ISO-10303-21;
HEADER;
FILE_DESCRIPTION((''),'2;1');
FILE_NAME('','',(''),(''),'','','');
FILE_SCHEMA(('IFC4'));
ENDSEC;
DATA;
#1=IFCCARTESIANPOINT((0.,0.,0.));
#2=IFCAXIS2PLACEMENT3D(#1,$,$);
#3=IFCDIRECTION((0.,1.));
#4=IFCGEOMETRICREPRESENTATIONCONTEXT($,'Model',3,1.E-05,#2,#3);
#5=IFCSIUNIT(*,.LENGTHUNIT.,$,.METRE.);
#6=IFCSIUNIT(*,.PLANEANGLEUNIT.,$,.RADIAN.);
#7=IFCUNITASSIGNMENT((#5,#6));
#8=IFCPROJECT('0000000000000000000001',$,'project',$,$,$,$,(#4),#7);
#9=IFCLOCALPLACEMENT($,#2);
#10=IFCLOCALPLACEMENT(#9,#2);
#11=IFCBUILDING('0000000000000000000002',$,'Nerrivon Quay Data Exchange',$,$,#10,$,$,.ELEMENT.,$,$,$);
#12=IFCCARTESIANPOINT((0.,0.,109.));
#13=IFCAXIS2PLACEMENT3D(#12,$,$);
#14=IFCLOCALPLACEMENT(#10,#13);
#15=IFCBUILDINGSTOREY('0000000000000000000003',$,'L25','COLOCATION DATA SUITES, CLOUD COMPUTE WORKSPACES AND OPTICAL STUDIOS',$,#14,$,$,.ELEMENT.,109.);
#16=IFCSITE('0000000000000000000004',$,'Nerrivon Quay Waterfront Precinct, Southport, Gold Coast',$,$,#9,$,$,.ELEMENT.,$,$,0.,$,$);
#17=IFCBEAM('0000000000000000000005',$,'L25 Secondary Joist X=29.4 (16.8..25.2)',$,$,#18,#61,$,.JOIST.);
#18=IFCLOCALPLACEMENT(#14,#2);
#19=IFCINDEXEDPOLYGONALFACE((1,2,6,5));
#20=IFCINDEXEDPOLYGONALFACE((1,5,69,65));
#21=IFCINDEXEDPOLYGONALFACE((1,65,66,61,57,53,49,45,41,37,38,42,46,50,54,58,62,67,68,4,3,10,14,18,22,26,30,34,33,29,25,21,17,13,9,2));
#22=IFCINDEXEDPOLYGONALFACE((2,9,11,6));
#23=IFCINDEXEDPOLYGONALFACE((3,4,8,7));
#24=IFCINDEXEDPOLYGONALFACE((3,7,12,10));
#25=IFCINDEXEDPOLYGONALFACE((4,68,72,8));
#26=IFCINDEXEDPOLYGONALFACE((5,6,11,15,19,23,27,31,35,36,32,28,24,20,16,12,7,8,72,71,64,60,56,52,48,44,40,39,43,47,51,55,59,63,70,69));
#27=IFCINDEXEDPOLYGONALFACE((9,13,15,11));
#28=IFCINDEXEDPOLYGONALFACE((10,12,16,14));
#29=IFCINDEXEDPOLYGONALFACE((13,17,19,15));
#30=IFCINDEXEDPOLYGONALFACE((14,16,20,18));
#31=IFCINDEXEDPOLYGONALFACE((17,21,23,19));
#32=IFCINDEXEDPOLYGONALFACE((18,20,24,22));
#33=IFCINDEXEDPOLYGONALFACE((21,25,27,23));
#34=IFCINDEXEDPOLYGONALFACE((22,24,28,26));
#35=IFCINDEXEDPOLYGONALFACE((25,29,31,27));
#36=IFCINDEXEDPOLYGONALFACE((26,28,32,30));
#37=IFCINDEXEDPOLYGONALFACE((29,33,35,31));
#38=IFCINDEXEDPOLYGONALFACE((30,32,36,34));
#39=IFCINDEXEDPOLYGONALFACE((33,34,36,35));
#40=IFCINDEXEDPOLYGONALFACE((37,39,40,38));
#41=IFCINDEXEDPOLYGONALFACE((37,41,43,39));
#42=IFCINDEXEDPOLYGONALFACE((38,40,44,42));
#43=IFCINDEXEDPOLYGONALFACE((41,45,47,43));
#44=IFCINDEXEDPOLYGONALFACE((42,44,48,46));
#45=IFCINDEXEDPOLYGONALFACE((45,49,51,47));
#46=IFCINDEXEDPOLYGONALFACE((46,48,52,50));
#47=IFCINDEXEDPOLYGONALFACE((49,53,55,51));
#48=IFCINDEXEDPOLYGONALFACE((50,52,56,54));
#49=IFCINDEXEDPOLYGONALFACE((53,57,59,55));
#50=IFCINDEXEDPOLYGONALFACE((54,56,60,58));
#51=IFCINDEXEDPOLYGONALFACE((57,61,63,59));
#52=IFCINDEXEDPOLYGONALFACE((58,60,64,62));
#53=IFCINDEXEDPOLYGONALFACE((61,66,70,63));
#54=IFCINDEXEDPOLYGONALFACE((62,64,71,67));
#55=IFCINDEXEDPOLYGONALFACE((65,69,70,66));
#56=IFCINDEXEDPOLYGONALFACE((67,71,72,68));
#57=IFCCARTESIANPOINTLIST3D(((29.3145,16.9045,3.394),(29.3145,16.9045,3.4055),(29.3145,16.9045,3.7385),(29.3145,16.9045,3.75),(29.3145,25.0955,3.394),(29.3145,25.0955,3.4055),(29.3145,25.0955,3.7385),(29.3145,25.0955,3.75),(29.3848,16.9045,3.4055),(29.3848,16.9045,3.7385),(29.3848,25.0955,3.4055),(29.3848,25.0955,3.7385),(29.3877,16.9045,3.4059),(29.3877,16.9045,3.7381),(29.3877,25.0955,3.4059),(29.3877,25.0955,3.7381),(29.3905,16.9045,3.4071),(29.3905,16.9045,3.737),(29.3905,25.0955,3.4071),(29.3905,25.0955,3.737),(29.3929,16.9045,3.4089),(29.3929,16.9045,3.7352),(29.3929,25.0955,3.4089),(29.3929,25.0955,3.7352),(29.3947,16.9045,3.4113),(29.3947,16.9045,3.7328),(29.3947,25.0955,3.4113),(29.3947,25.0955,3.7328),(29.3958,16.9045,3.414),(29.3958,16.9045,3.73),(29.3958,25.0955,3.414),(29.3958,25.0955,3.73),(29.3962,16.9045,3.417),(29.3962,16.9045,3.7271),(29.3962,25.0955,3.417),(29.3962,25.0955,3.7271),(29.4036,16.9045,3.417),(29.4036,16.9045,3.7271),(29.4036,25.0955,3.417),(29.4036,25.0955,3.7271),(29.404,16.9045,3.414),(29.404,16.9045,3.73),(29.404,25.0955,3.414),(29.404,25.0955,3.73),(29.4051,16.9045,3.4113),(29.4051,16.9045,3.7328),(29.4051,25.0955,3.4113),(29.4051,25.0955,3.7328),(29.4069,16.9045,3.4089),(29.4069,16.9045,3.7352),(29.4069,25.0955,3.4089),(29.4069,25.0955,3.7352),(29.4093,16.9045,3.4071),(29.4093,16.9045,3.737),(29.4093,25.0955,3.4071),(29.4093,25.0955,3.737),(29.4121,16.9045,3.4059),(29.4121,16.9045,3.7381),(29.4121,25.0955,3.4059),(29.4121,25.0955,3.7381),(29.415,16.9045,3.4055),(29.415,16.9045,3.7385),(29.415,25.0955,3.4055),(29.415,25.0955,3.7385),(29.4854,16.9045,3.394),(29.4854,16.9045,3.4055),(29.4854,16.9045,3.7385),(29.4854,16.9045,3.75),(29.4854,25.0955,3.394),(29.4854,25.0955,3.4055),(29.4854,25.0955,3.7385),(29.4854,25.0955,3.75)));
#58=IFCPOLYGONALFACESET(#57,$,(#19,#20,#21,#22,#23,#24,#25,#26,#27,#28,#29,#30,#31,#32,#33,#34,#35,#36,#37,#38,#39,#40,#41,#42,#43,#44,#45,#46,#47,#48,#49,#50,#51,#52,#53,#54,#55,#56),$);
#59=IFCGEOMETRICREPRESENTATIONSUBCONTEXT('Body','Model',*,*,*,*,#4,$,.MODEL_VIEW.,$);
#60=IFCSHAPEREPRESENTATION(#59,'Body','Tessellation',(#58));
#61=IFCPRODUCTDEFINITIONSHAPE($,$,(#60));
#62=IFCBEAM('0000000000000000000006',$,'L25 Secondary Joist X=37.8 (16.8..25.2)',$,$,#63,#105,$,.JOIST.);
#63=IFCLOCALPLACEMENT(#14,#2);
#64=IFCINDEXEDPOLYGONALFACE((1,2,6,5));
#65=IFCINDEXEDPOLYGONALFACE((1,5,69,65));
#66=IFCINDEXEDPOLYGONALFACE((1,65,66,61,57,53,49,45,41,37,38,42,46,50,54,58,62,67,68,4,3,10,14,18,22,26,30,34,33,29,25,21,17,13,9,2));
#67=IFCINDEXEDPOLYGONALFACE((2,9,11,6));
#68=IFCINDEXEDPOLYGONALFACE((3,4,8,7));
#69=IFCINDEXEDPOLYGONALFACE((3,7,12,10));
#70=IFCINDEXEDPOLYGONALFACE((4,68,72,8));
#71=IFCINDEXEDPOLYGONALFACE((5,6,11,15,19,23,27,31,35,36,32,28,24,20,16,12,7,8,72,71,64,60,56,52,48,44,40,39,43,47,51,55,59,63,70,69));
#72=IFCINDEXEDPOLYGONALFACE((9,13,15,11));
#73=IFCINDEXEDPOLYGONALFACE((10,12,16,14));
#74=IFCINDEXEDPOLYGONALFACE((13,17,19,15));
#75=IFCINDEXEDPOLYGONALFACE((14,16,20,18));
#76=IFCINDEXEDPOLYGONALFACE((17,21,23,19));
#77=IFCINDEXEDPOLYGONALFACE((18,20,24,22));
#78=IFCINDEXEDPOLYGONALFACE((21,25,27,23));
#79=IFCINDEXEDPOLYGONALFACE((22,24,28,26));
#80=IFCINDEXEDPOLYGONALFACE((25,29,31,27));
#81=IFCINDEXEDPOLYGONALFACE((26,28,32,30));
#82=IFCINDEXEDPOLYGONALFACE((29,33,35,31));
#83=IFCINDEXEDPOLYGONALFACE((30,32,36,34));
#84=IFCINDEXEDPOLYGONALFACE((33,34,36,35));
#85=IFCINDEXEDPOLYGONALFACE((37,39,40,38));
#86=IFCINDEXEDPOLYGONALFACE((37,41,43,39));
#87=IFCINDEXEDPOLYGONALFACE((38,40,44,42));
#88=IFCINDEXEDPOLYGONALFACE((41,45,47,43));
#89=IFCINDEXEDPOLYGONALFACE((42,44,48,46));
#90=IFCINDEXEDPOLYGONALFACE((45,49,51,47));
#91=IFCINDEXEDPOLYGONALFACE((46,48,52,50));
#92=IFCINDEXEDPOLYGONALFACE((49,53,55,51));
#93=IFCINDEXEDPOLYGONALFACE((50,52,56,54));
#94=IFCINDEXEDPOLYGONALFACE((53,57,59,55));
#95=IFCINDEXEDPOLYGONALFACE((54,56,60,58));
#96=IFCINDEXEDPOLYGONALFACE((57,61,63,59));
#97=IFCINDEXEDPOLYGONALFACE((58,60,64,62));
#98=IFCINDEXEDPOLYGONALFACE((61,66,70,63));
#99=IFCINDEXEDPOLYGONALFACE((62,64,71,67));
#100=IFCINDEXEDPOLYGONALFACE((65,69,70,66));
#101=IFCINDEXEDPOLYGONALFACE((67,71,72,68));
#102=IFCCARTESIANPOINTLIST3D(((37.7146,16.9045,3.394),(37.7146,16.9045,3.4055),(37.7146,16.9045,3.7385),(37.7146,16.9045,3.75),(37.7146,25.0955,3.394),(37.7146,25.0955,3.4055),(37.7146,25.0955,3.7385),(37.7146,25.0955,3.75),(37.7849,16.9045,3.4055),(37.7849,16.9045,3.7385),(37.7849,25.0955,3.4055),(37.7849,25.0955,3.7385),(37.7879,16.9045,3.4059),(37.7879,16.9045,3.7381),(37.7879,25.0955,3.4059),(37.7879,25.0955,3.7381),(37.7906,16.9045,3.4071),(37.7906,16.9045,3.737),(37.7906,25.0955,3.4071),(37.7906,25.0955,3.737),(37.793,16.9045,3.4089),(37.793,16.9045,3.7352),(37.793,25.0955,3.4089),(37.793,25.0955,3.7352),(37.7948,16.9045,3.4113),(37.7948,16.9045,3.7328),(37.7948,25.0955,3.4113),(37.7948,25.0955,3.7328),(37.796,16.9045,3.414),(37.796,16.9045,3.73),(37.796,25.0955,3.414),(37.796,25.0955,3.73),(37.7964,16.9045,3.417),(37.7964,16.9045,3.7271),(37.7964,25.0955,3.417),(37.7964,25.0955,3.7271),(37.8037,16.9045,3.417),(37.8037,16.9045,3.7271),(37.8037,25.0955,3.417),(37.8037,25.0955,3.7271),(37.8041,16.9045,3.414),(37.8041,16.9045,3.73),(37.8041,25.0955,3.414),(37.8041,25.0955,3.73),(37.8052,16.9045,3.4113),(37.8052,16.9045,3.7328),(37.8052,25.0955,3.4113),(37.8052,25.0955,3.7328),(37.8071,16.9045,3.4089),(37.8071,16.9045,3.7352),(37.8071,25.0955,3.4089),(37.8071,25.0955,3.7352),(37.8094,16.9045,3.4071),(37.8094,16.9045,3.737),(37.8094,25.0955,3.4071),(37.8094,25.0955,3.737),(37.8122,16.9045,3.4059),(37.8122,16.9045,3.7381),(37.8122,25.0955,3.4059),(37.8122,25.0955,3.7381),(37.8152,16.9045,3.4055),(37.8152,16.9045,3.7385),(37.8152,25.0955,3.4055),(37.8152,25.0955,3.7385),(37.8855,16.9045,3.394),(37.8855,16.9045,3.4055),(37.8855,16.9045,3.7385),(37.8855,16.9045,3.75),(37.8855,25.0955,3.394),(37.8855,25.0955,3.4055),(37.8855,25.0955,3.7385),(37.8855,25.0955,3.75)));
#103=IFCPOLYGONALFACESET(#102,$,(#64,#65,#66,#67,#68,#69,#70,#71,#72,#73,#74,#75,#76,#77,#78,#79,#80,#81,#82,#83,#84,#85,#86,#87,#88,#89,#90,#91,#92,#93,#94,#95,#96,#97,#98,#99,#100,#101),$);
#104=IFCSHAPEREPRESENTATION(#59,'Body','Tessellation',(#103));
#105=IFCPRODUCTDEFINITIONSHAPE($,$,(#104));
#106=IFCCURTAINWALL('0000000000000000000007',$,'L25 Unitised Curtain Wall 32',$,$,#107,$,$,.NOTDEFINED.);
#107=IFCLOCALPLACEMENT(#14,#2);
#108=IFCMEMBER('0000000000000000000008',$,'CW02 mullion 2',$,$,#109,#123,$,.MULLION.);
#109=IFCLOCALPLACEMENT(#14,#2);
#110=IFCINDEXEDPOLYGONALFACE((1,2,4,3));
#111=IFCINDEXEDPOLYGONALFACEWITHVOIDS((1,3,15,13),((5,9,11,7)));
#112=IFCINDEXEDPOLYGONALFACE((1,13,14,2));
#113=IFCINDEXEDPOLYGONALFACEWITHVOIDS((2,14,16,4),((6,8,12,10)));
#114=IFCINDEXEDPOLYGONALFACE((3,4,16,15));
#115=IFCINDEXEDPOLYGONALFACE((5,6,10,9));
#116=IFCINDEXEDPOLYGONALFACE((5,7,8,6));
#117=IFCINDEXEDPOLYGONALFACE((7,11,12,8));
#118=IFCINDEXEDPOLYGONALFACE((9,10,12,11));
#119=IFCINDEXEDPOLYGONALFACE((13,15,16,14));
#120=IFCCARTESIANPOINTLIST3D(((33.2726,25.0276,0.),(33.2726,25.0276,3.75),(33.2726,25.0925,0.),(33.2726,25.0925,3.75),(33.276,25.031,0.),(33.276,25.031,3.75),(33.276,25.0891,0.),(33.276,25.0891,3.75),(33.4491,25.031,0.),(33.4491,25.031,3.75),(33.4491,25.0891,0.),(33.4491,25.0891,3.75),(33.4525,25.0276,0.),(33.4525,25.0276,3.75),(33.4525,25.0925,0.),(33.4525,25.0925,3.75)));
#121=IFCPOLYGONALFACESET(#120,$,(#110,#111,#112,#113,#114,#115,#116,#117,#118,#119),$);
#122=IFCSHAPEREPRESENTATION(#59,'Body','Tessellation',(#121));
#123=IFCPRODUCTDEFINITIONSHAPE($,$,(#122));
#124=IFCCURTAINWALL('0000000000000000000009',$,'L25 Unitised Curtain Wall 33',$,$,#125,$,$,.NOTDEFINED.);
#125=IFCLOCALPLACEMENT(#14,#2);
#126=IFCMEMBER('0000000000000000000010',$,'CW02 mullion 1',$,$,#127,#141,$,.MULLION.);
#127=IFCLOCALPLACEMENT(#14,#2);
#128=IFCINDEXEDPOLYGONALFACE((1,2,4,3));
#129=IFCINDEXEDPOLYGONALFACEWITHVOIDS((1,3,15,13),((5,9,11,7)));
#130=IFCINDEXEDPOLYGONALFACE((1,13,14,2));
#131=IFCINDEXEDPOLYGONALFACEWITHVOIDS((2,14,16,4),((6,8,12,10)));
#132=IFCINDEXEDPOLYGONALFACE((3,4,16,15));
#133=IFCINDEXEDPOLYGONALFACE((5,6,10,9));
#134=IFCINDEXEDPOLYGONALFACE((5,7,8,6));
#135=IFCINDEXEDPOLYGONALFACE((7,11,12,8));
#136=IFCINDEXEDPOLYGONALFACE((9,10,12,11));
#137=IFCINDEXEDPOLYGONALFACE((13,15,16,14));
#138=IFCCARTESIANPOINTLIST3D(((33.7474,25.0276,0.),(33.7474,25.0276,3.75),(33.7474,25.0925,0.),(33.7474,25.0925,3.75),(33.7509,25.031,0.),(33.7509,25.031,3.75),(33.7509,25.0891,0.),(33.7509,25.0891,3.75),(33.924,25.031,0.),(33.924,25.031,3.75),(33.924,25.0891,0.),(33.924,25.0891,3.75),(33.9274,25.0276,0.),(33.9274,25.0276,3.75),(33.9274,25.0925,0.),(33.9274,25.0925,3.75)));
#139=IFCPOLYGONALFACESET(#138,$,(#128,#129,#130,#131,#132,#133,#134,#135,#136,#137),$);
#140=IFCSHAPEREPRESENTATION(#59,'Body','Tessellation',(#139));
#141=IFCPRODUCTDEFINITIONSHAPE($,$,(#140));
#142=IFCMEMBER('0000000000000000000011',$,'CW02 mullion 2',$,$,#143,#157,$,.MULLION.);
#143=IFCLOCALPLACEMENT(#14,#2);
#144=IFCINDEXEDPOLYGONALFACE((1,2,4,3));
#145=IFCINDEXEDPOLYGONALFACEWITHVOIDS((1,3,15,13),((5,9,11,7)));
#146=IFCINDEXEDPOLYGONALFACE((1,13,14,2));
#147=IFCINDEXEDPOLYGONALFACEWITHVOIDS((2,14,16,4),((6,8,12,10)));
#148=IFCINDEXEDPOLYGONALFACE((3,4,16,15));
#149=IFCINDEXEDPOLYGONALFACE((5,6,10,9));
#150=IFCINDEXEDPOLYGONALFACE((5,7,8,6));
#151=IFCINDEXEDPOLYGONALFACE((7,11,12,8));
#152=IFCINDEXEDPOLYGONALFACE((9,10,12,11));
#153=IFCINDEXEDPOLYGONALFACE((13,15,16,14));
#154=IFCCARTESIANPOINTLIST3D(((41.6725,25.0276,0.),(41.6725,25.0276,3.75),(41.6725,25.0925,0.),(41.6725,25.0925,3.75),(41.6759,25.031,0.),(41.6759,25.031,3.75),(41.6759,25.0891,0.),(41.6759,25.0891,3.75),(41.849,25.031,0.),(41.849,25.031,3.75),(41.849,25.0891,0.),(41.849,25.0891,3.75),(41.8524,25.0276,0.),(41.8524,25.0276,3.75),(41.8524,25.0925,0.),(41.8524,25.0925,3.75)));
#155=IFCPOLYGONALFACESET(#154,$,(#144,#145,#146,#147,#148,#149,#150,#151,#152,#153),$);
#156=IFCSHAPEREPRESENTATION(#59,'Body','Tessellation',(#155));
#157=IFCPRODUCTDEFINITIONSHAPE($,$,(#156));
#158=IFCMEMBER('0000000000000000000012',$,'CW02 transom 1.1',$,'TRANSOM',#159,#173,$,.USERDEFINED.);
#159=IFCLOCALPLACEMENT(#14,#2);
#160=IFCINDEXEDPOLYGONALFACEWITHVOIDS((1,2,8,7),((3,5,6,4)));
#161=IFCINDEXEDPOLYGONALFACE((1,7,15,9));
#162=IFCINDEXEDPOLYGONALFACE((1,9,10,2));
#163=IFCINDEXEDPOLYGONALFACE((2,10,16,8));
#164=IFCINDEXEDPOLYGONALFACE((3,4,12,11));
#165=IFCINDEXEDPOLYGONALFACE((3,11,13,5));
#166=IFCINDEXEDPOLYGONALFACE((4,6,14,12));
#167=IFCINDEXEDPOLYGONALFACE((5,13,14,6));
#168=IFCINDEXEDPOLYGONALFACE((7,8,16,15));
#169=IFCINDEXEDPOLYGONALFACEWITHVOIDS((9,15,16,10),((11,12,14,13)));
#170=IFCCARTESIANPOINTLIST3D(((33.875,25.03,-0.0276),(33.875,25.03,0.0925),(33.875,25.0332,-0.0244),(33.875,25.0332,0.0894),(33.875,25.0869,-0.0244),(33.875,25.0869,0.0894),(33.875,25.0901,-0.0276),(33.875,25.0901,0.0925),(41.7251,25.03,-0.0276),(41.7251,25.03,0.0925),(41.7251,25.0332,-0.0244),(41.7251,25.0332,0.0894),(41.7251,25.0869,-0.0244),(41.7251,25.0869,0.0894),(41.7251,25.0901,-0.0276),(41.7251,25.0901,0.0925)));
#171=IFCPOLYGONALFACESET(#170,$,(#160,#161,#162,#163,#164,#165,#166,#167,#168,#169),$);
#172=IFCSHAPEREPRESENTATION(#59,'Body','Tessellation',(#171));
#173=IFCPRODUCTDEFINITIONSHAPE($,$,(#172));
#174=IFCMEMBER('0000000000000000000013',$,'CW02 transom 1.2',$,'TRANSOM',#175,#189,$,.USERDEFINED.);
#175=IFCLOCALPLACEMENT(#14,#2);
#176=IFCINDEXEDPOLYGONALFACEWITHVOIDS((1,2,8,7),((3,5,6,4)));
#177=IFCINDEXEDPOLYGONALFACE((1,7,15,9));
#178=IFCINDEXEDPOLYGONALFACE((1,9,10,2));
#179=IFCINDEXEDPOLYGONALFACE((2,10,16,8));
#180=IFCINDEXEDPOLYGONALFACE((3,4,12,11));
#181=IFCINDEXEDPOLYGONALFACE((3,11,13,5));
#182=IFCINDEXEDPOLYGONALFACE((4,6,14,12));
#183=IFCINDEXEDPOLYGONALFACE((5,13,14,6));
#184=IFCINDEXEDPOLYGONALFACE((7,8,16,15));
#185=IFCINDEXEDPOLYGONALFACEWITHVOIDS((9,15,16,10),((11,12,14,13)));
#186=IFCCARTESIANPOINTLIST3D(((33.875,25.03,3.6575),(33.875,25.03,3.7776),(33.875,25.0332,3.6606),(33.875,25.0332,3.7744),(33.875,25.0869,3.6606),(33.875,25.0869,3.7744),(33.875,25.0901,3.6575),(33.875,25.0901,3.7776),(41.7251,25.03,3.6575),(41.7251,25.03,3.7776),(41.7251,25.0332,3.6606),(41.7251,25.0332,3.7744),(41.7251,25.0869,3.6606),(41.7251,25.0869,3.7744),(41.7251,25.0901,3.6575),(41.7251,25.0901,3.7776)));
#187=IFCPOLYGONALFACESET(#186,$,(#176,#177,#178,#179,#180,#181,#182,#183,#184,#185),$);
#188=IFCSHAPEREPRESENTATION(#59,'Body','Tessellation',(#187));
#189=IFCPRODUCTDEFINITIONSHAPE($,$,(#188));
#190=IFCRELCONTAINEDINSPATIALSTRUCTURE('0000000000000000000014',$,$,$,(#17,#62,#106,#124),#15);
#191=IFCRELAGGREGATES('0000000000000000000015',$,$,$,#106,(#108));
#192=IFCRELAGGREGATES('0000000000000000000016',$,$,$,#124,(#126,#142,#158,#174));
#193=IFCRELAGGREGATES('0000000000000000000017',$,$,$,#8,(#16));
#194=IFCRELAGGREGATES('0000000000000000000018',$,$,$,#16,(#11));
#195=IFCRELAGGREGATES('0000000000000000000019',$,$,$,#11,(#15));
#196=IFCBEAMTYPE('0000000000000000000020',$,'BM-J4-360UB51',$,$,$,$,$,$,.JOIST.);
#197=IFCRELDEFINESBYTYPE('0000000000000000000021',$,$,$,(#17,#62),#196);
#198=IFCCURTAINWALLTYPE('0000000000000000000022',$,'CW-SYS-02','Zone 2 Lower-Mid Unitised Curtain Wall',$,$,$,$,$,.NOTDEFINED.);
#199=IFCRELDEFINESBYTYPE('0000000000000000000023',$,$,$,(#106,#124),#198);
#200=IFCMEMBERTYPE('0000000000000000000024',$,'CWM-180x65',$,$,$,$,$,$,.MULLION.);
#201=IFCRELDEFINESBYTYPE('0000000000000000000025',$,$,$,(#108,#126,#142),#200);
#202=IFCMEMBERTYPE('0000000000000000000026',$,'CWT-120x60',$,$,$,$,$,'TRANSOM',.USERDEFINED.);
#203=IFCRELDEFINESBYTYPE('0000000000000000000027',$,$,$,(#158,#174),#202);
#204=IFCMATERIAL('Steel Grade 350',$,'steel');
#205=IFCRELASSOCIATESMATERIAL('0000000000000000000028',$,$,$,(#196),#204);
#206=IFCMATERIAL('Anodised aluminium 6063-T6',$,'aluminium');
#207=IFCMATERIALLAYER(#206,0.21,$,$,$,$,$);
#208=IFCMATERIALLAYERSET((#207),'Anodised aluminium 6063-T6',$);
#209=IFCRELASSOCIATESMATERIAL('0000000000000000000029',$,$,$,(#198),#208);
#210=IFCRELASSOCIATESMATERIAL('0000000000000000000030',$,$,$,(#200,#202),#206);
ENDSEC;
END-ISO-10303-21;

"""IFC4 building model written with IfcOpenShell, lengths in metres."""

from ifc_helpers import new_model, si_unit, direction, frame, origin, origin_2d, place, context, subcontext, project, spatial, hollow_rectangle, i_section, extrude, material, layer, layer_set, material_profile, profile_set, type_object, element, aggregate, save


model = new_model("IFC4")

# Units and contexts
model_context = context("Model", 3, precision=1e-05, world=origin(), true_north=direction((0.0, 1.0)))
body_context = subcontext(model_context, "Body", "Model", "MODEL_VIEW")
ifc_project = project(units=[si_unit("LENGTHUNIT", "METRE"), si_unit("PLANEANGLEUNIT", "RADIAN")], contexts=[model_context])

# Site, building, storey
site_placement = place(None, origin())
site = spatial("IfcSite", under=ifc_project, at=site_placement, Name="Nerrivon Quay Waterfront Precinct, Southport, Gold Coast", CompositionType="ELEMENT", RefElevation=0.0)
building_placement = place(site_placement, origin())
building = spatial("IfcBuilding", under=site, at=building_placement, Name="Nerrivon Quay Data Exchange", CompositionType="ELEMENT")
storey_placement = place(building_placement, frame((0.0, 0.0, 109.0)))
storey = spatial("IfcBuildingStorey", under=building, at=storey_placement, Name="L25", Description="COLOCATION DATA SUITES, CLOUD COMPUTE WORKSPACES AND OPTICAL STUDIOS", CompositionType="ELEMENT", Elevation=109.0)

# Shared definitions
ifc_material_1 = material(Name="Steel Grade 350", Category="steel")

# Beams
ifc_material_profile_1 = material_profile(ifc_material_1, i_section(OverallWidth=0.1709, OverallDepth=0.356, WebThickness=0.0073, FlangeThickness=0.0115, FilletRadius=0.0115, at=origin_2d()), Name="360UB50.7")
ifc_profile_set_1 = profile_set([ifc_material_profile_1], Name="Steel Grade 350")
beam_type_1 = type_object("IfcBeamType", Name="BM-J4-360UB51", PredefinedType="JOIST", material=ifc_profile_set_1)
for number, where, z_axis, x_axis, name in (
    (1, (29.3999, 16.9045, 3.572), (0.0, 1.0, 0.0), (-1.0, 0.0, 0.0), "L25 Secondary Joist X=29.4 (16.8..25.2)"),
    (2, (37.8, 16.9045, 3.572), (0.0, 1.0, 0.0), (-1.0, 0.0, 0.0), "L25 Secondary Joist X=37.8 (16.8..25.2)"),
):
    element("IfcBeam", number, at=place(storey_placement, frame(where, z_axis=z_axis, x_axis=x_axis)), inside=storey, type_object=beam_type_1, Name=name, PredefinedType="JOIST", context=body_context, shape_type="SweptSolid", body=[
        extrude(i_section(OverallWidth=0.1709, OverallDepth=0.356, WebThickness=0.0073, FlangeThickness=0.0115, FilletRadius=0.0115, at=origin_2d()), origin(), (0.0, 0.0, 1.0), 8.1909),
    ])

# Curtain wall, member
ifc_material_2 = material(Name="Anodised aluminium 6063-T6", Category="aluminium")
ifc_layer_1 = layer(ifc_material_2, 0.21)
ifc_layer_set_1 = layer_set([ifc_layer_1], Name="Anodised aluminium 6063-T6")
curtain_wall_type = type_object("IfcCurtainWallType", Name="CW-SYS-02", Description="Zone 2 Lower-Mid Unitised Curtain Wall", PredefinedType="NOTDEFINED", material=ifc_layer_set_1)
curtain_wall_1_placement = place(storey_placement, origin())
curtain_wall_1 = element("IfcCurtainWall", 3, at=curtain_wall_1_placement, inside=storey, type_object=curtain_wall_type, Name="L25 Unitised Curtain Wall 32", PredefinedType="NOTDEFINED")
ifc_material_profile_2 = material_profile(ifc_material_2, hollow_rectangle(XDim=0.0649, YDim=0.1799, WallThickness=0.0034, at=origin_2d()), Name="ALU-MULL-180x65")
ifc_profile_set_2 = profile_set([ifc_material_profile_2], Name="Anodised aluminium 6063-T6")
member_type_1 = type_object("IfcMemberType", Name="CWM-180x65", PredefinedType="MULLION", material=ifc_profile_set_2)
member_1_placement = place(storey_placement, frame((33.3625, 25.0601, 0.0), z_axis=(0.0, 0.0, 1.0), x_axis=(0.0, 1.0, 0.0)))
member_1 = element("IfcMember", 4, at=member_1_placement, type_object=member_type_1, Name="CW02 mullion 2", PredefinedType="MULLION", context=body_context, shape_type="SweptSolid", body=[
    extrude(hollow_rectangle(XDim=0.0649, YDim=0.1799, WallThickness=0.0034, at=origin_2d()), origin(), (0.0, 0.0, 1.0), 3.75),
])

# Curtain wall, members
curtain_wall_2_placement = place(storey_placement, origin())
curtain_wall_2 = element("IfcCurtainWall", 5, at=curtain_wall_2_placement, inside=storey, type_object=curtain_wall_type, Name="L25 Unitised Curtain Wall 33", PredefinedType="NOTDEFINED")
member_2_placement = place(storey_placement, frame((33.8374, 25.0601, 0.0), z_axis=(0.0, 0.0, 1.0), x_axis=(0.0, 1.0, 0.0)))
member_2 = element("IfcMember", 6, at=member_2_placement, type_object=member_type_1, Name="CW02 mullion 1", PredefinedType="MULLION", context=body_context, shape_type="SweptSolid", body=[
    extrude(hollow_rectangle(XDim=0.0649, YDim=0.1799, WallThickness=0.0034, at=origin_2d()), origin(), (0.0, 0.0, 1.0), 3.75),
])
member_3_placement = place(storey_placement, frame((41.7625, 25.0601, 0.0), z_axis=(0.0, 0.0, 1.0), x_axis=(0.0, 1.0, 0.0)))
member_3 = element("IfcMember", 7, at=member_3_placement, type_object=member_type_1, Name="CW02 mullion 2", PredefinedType="MULLION", context=body_context, shape_type="SweptSolid", body=[
    extrude(hollow_rectangle(XDim=0.0649, YDim=0.1799, WallThickness=0.0034, at=origin_2d()), origin(), (0.0, 0.0, 1.0), 3.75),
])
ifc_material_profile_3 = material_profile(ifc_material_2, hollow_rectangle(XDim=0.0601, YDim=0.1201, WallThickness=0.0032, at=origin_2d()), Name="ALU-TRAN-120x60")
ifc_profile_set_3 = profile_set([ifc_material_profile_3], Name="Anodised aluminium 6063-T6")
member_type_2 = type_object("IfcMemberType", Name="CWT-120x60", ElementType="TRANSOM", PredefinedType="USERDEFINED", material=ifc_profile_set_3)
member_4_placement = place(storey_placement, frame((33.875, 25.0601, 0.0325), z_axis=(1.0, 0.0, 0.0), x_axis=(0.0, 1.0, 0.0)))
member_4 = element("IfcMember", 8, at=member_4_placement, type_object=member_type_2, Name="CW02 transom 1.1", ObjectType="TRANSOM", PredefinedType="USERDEFINED", context=body_context, shape_type="SweptSolid", body=[
    extrude(hollow_rectangle(XDim=0.0601, YDim=0.1201, WallThickness=0.0032, at=origin_2d()), origin(), (0.0, 0.0, 1.0), 7.8501),
])
member_5_placement = place(storey_placement, frame((33.875, 25.0601, 3.7175), z_axis=(1.0, 0.0, 0.0), x_axis=(0.0, 1.0, 0.0)))
member_5 = element("IfcMember", 9, at=member_5_placement, type_object=member_type_2, Name="CW02 transom 1.2", ObjectType="TRANSOM", PredefinedType="USERDEFINED", context=body_context, shape_type="SweptSolid", body=[
    extrude(hollow_rectangle(XDim=0.0601, YDim=0.1201, WallThickness=0.0032, at=origin_2d()), origin(), (0.0, 0.0, 1.0), 7.8501),
])

aggregate(curtain_wall_1, [member_1])
aggregate(curtain_wall_2, [member_2, member_3, member_4, member_5])

save(model, "model.ifc")
